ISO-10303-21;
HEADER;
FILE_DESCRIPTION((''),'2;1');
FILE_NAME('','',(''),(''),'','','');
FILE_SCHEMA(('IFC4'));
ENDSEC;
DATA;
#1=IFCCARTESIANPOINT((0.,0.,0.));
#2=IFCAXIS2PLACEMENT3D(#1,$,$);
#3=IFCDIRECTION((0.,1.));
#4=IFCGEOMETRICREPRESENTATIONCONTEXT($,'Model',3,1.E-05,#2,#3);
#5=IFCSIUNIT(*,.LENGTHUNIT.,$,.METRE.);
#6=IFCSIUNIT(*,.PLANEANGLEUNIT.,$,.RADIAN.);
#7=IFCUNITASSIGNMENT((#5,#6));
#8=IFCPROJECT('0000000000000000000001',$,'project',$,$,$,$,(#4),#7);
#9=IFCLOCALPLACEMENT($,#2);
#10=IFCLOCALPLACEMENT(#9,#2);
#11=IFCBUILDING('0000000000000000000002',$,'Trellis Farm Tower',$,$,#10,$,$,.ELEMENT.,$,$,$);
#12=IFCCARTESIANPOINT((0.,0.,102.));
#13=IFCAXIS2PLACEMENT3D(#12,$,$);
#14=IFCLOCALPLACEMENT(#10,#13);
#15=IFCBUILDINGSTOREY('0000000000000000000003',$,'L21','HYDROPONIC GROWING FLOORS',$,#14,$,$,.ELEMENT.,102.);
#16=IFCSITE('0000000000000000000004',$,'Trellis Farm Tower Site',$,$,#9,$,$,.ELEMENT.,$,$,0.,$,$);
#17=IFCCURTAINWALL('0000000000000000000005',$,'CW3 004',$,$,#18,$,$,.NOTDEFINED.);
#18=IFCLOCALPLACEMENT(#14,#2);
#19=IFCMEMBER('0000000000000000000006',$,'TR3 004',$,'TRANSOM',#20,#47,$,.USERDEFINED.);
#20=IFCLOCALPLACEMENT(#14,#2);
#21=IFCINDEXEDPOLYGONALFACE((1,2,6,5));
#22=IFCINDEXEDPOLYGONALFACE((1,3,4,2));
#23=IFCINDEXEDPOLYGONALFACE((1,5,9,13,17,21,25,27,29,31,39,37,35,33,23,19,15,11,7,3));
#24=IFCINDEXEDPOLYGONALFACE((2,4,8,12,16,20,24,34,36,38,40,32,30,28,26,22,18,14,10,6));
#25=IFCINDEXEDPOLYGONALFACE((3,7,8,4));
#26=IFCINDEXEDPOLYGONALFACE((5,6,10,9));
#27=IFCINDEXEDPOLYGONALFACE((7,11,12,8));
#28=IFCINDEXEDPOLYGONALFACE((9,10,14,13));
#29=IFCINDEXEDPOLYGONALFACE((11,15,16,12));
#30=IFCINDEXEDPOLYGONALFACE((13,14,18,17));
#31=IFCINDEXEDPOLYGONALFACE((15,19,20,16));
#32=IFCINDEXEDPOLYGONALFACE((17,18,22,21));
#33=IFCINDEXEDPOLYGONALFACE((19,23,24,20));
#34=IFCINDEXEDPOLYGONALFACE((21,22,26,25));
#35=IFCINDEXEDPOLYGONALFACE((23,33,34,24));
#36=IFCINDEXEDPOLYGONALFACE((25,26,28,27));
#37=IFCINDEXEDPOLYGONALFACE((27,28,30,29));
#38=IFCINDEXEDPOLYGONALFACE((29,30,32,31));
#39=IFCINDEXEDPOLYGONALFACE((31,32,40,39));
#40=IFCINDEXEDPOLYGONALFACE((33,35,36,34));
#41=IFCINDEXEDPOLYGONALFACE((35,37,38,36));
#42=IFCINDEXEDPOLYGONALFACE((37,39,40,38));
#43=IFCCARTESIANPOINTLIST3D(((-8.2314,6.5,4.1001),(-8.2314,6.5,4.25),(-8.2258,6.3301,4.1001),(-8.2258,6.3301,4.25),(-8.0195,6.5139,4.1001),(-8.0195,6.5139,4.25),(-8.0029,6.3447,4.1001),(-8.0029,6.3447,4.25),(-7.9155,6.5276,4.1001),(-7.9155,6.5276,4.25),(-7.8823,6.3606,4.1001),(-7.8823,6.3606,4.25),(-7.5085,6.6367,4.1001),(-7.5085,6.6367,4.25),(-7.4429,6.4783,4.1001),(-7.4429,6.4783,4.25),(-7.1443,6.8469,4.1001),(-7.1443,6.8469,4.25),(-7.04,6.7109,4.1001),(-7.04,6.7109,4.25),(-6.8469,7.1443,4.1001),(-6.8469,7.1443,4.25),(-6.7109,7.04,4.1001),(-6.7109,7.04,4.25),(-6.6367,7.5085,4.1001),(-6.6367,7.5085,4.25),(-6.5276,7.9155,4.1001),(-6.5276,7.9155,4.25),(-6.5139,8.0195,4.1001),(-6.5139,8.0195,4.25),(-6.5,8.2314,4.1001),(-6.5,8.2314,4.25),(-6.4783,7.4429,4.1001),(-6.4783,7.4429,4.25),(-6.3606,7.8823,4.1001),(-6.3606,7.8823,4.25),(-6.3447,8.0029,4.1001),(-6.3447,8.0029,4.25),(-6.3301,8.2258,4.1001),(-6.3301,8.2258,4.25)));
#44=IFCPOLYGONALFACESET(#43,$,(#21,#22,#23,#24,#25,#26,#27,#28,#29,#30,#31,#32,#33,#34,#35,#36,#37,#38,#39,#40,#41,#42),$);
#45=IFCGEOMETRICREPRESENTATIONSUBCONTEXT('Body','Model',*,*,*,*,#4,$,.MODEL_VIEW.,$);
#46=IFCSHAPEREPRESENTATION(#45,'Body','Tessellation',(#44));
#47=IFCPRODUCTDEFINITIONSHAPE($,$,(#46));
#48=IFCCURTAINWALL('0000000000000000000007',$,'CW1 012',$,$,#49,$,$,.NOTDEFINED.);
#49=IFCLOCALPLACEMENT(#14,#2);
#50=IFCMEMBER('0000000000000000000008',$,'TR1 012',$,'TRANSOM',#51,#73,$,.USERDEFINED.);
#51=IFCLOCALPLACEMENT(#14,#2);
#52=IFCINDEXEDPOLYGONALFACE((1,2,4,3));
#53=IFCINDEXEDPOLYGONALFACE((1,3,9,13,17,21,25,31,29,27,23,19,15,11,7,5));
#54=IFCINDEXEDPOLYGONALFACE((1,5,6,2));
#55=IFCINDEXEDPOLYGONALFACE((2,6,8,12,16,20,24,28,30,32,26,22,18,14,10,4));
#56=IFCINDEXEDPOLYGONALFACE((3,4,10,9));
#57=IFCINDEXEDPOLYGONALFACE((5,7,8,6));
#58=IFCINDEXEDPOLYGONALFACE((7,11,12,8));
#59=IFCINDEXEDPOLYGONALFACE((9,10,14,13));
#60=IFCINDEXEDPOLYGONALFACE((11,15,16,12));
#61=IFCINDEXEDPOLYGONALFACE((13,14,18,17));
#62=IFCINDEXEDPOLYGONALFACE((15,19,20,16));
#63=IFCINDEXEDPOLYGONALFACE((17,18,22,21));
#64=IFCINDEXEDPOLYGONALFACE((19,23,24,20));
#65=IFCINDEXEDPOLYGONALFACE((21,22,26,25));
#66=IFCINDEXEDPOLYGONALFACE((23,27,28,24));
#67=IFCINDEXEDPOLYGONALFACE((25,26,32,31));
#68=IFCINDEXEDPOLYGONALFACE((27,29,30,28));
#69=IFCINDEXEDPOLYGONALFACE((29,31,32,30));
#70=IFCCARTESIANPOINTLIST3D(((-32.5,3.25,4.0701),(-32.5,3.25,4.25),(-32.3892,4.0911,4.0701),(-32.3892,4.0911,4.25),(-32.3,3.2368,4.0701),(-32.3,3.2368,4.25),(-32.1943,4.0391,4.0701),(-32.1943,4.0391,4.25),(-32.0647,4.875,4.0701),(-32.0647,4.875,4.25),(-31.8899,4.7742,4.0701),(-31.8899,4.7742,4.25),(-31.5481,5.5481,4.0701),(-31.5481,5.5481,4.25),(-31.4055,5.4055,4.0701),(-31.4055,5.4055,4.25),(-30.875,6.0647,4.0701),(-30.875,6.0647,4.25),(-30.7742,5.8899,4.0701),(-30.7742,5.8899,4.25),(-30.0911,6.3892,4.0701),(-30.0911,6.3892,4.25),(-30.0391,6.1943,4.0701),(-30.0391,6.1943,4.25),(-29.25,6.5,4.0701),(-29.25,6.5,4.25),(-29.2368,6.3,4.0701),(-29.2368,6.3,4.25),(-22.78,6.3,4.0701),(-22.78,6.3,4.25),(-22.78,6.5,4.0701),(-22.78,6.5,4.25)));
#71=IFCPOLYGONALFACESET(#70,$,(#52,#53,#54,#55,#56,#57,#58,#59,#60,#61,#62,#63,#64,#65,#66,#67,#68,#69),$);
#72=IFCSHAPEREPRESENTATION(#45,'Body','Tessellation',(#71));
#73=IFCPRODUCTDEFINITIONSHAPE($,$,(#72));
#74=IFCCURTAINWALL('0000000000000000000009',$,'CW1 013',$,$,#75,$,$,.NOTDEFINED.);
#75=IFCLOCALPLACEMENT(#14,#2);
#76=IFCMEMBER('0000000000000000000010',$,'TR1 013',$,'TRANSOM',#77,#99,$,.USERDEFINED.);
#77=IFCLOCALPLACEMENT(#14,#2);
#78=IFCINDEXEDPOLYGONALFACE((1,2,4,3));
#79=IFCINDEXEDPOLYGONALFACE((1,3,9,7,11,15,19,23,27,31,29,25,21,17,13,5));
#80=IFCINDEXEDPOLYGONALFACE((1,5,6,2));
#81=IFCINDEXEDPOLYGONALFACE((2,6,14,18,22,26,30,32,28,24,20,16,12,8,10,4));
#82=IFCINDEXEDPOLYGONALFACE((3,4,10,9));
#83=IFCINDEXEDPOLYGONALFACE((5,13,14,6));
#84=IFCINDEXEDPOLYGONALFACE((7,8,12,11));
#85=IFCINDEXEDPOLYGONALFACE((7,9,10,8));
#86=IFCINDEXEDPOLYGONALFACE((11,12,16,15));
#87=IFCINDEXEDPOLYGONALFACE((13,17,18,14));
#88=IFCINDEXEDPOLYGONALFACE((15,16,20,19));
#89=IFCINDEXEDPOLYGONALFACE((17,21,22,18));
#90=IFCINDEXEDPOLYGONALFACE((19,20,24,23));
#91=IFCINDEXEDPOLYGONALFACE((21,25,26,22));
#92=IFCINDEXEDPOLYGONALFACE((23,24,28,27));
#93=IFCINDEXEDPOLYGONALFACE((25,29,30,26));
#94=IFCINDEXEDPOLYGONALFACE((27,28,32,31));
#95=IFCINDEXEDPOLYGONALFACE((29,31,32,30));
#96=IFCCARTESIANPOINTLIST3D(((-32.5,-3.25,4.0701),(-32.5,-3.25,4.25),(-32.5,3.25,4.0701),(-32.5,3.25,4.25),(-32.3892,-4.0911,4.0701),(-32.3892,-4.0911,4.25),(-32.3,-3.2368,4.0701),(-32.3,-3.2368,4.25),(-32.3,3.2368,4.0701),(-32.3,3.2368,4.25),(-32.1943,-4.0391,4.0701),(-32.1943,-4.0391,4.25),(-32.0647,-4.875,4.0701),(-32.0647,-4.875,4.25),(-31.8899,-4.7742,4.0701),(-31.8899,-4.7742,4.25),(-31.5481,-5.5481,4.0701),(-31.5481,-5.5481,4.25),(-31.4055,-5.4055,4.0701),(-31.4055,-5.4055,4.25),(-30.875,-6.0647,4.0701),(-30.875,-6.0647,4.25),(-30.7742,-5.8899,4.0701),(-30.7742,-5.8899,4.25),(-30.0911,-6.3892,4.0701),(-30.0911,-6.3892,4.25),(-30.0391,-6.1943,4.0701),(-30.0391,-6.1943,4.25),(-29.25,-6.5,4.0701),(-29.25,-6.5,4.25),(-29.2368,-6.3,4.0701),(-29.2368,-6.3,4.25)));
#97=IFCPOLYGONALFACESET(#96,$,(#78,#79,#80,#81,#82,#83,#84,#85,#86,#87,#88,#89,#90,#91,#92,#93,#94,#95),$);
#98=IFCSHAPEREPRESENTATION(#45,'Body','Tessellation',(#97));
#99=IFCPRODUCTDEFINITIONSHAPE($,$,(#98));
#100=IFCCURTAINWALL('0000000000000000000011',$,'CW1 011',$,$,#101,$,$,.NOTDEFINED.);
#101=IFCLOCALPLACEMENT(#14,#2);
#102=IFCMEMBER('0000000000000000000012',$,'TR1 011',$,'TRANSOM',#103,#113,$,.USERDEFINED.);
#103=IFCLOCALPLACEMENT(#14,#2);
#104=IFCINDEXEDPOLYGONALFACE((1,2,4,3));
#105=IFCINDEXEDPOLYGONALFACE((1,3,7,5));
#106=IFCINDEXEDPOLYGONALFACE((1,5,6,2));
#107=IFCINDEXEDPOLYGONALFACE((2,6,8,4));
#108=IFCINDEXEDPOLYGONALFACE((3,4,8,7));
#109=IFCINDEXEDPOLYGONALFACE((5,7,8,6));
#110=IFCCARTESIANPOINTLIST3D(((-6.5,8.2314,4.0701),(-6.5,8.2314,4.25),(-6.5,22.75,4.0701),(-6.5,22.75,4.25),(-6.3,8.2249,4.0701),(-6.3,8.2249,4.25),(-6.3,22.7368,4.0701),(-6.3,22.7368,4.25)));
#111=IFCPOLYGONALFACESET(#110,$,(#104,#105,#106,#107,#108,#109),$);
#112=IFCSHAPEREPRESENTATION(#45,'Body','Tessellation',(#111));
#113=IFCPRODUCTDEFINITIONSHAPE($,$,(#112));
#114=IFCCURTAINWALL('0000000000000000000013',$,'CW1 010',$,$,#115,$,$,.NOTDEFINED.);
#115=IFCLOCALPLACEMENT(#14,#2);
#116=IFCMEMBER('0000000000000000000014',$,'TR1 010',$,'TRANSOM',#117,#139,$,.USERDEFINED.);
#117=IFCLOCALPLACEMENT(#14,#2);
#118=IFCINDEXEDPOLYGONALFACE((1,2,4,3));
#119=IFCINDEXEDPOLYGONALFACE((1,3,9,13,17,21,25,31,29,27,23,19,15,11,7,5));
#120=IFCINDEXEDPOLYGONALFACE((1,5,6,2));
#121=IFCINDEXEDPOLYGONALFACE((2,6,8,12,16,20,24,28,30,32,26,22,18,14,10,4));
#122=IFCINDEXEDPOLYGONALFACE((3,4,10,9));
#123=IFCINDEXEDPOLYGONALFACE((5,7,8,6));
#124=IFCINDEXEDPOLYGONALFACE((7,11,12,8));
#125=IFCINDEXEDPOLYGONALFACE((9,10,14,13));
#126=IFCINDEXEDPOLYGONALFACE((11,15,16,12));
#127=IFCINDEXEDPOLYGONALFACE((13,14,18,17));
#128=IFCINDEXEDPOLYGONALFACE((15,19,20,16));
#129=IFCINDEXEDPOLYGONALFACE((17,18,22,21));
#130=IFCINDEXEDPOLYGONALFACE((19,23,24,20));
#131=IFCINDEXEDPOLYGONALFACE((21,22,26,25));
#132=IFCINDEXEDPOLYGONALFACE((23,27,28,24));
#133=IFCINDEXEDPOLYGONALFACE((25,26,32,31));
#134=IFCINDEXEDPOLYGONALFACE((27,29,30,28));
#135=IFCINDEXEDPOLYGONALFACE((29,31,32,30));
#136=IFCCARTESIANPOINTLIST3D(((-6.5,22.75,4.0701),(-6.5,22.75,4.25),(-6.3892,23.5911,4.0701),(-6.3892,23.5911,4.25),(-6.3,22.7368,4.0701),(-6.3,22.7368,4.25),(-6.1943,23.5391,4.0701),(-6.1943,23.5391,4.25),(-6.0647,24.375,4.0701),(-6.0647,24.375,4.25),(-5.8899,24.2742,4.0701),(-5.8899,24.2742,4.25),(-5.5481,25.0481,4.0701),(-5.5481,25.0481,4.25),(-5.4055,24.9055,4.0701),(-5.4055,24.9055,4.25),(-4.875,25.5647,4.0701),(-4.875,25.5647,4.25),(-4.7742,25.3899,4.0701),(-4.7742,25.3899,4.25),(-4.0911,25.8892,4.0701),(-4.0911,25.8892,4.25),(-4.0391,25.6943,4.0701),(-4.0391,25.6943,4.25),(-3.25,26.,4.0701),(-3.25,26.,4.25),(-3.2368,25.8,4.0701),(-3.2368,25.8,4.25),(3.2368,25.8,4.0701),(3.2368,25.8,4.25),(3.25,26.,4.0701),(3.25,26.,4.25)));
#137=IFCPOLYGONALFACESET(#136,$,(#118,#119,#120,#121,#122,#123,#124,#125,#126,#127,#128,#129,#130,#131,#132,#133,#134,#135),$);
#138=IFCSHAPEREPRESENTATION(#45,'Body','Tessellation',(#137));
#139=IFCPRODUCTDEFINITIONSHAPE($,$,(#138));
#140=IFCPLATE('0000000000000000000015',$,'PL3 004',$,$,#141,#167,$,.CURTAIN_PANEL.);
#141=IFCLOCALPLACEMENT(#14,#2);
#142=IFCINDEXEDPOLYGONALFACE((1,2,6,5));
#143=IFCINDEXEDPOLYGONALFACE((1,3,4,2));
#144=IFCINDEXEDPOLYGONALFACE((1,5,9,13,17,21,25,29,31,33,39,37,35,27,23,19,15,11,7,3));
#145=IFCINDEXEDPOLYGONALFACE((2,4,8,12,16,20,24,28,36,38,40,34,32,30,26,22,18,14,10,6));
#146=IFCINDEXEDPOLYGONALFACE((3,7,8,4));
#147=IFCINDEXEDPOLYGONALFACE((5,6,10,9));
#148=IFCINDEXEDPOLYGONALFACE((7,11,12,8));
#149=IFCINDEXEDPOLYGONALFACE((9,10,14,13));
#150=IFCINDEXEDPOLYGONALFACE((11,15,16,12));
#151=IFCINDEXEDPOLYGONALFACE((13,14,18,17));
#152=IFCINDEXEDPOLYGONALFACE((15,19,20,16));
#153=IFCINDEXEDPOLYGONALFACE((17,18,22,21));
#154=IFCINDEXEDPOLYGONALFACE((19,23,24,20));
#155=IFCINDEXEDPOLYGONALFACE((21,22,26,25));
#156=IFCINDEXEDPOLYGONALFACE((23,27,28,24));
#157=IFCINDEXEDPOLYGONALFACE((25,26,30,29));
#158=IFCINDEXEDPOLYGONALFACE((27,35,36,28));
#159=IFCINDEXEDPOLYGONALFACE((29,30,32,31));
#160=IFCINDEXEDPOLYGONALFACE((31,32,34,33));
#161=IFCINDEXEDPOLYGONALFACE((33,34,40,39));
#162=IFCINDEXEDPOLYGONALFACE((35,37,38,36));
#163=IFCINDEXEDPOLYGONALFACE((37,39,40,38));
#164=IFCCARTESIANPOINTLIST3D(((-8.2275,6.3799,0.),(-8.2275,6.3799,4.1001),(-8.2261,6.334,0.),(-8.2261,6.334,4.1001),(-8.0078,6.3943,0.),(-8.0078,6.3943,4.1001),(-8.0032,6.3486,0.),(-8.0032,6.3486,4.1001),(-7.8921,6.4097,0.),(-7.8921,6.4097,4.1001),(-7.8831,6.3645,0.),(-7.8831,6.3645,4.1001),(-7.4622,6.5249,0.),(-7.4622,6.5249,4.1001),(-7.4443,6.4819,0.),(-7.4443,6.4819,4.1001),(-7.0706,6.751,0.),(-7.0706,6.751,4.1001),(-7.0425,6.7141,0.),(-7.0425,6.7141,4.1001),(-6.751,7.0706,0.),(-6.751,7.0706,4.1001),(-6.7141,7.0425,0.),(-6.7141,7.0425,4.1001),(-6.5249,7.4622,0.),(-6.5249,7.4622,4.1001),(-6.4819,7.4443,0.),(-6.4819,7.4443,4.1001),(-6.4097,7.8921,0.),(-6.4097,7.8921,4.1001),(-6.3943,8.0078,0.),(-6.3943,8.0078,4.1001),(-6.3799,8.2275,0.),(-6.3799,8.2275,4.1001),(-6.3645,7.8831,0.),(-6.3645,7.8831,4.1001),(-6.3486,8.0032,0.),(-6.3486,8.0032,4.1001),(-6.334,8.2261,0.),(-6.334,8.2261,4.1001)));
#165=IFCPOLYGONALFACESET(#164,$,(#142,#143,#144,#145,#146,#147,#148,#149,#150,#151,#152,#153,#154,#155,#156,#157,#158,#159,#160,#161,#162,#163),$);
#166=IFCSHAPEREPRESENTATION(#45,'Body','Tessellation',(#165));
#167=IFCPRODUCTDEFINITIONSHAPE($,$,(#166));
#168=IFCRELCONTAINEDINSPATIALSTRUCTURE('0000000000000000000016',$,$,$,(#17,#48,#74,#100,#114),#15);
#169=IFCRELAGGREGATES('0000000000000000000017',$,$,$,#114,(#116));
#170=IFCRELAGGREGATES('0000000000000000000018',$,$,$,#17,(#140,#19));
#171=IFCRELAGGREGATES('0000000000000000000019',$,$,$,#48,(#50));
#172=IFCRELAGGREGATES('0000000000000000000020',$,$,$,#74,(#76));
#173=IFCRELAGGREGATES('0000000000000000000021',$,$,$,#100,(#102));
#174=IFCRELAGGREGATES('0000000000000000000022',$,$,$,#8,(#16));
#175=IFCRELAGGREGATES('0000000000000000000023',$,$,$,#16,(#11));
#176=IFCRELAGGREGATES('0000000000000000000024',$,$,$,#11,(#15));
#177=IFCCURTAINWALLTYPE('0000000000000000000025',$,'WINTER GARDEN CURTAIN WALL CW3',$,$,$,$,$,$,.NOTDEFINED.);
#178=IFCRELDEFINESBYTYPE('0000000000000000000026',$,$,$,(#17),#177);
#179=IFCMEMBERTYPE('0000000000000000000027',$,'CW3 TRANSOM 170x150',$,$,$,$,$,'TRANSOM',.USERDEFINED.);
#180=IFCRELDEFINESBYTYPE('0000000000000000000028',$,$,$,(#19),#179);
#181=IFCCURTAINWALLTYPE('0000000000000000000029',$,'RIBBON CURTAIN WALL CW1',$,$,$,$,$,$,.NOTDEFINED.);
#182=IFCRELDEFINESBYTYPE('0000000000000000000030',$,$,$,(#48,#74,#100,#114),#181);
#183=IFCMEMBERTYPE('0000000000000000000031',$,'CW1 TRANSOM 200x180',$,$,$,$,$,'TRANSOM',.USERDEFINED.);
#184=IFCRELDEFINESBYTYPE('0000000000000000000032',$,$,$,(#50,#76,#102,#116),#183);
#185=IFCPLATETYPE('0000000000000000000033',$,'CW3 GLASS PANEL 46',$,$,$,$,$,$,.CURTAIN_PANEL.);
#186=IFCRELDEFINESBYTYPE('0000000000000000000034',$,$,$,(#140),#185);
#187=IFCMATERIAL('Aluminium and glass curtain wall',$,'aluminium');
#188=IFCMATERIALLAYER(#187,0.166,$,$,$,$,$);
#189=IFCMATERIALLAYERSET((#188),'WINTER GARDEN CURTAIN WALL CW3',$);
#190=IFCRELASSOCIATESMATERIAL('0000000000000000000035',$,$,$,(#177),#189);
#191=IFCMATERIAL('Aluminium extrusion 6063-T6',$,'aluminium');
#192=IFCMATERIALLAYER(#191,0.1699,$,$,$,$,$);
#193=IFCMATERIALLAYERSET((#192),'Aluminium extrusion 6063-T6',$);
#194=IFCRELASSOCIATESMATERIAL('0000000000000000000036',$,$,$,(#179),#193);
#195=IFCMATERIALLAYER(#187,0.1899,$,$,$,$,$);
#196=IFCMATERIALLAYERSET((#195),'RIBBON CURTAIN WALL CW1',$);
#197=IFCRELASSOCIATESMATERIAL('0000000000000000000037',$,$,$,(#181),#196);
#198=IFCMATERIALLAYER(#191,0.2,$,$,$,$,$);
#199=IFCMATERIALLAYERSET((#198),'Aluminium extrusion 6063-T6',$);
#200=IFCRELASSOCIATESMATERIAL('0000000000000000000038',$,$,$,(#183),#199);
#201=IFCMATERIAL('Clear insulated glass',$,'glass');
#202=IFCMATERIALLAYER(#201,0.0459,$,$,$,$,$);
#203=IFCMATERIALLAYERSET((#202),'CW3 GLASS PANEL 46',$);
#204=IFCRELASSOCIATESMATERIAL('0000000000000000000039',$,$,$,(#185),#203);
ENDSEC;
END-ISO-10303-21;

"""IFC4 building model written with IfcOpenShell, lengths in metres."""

from ifc_helpers import new_model, si_unit, direction, frame, origin, place, context, subcontext, project, spatial, polyline, outline, extrude, source, transform, mapped, material, layer, layer_set, type_object, element, aggregate, save


model = new_model("IFC4")

# Units and contexts
model_context = context("Model", 3, precision=1e-05, world=origin(), true_north=direction((0.0, 1.0)))
body_context = subcontext(model_context, "Body", "Model", "MODEL_VIEW")
ifc_project = project(units=[si_unit("LENGTHUNIT", "METRE"), si_unit("PLANEANGLEUNIT", "RADIAN")], contexts=[model_context])

# Site, building, storey
site_placement = place(None, origin())
site = spatial("IfcSite", under=ifc_project, at=site_placement, Name="Trellis Farm Tower Site", CompositionType="ELEMENT", RefElevation=0.0)
building_placement = place(site_placement, origin())
building = spatial("IfcBuilding", under=site, at=building_placement, Name="Trellis Farm Tower", CompositionType="ELEMENT")
storey_placement = place(building_placement, frame((0.0, 0.0, 102.0)))
storey = spatial("IfcBuildingStorey", under=building, at=storey_placement, Name="L21", Description="HYDROPONIC GROWING FLOORS", CompositionType="ELEMENT", Elevation=102.0)

# Curtain walls, members
ifc_material_1 = material(Name="Aluminium and glass curtain wall", Category="aluminium")
ifc_layer_1 = layer(ifc_material_1, 0.166)
ifc_layer_set_1 = layer_set([ifc_layer_1], Name="WINTER GARDEN CURTAIN WALL CW3")
curtain_wall_type_1 = type_object("IfcCurtainWallType", Name="WINTER GARDEN CURTAIN WALL CW3", PredefinedType="NOTDEFINED", material=ifc_layer_set_1)
placement_1 = place(storey_placement, origin())
curtain_wall_1 = element("IfcCurtainWall", 1, at=placement_1, inside=storey, type_object=curtain_wall_type_1, Name="CW3 004", PredefinedType="NOTDEFINED")
ifc_material_2 = material(Name="Aluminium extrusion 6063-T6", Category="aluminium")
ifc_layer_2 = layer(ifc_material_2, 0.1699)
ifc_layer_set_2 = layer_set([ifc_layer_2], Name="Aluminium extrusion 6063-T6")
member_type_1 = type_object("IfcMemberType", Name="CW3 TRANSOM 170x150", ElementType="TRANSOM", PredefinedType="USERDEFINED", material=ifc_layer_set_2)
shared_shape_1 = source(origin(), body_context, "Body", "SweptSolid", [
    extrude(outline(polyline([(-6.5, 8.2314), (-6.5139, 8.0195), (-6.5276, 7.9155), (-6.6367, 7.5085), (-6.8469, 7.1443), (-7.1443, 6.8469), (-7.5085, 6.6367), (-7.9155, 6.5276), (-8.0195, 6.5139), (-8.2314, 6.5), (-8.2258, 6.3301), (-8.0029, 6.3447), (-7.8823, 6.3606), (-7.4429, 6.4783), (-7.04, 6.7109), (-6.7109, 7.04), (-6.4783, 7.4429), (-6.3606, 7.8823), (-6.3447, 8.0029), (-6.3301, 8.2258), (-6.5, 8.2314)])), origin(), (0.0, 0.0, 1.0), 0.1499),
])
member_1_placement = place(storey_placement, frame((0.0, 0.0, 4.1001)))
member_1 = element("IfcMember", 2, at=member_1_placement, type_object=member_type_1, Name="TR3 004", ObjectType="TRANSOM", PredefinedType="USERDEFINED", context=body_context, shape_type="MappedRepresentation", body=[
    mapped(shared_shape_1, transform((0.0, 0.0, 0.0))),
])
ifc_layer_3 = layer(ifc_material_1, 0.1899)
ifc_layer_set_3 = layer_set([ifc_layer_3], Name="RIBBON CURTAIN WALL CW1")
curtain_wall_type_2 = type_object("IfcCurtainWallType", Name="RIBBON CURTAIN WALL CW1", PredefinedType="NOTDEFINED", material=ifc_layer_set_3)
curtain_wall_2 = element("IfcCurtainWall", 3, at=placement_1, inside=storey, type_object=curtain_wall_type_2, Name="CW1 012", PredefinedType="NOTDEFINED")
ifc_layer_4 = layer(ifc_material_2, 0.2)
ifc_layer_set_4 = layer_set([ifc_layer_4], Name="Aluminium extrusion 6063-T6")
member_type_2 = type_object("IfcMemberType", Name="CW1 TRANSOM 200x180", ElementType="TRANSOM", PredefinedType="USERDEFINED", material=ifc_layer_set_4)
shared_shape_2 = source(origin(), body_context, "Body", "SweptSolid", [
    extrude(outline(polyline([(-22.78, 6.5), (-29.25, 6.5), (-30.0911, 6.3892), (-30.875, 6.0647), (-31.5481, 5.5481), (-32.0647, 4.875), (-32.3892, 4.0911), (-32.5, 3.25), (-32.3, 3.2368), (-32.1943, 4.0391), (-31.8899, 4.7742), (-31.4055, 5.4055), (-30.7742, 5.8899), (-30.0391, 6.1943), (-29.2368, 6.3), (-22.78, 6.3), (-22.78, 6.5)])), origin(), (0.0, 0.0, 1.0), 0.1799),
])
placement_2 = place(storey_placement, frame((0.0, 0.0, 4.0701)))
member_2 = element("IfcMember", 4, at=placement_2, type_object=member_type_2, Name="TR1 012", ObjectType="TRANSOM", PredefinedType="USERDEFINED", context=body_context, shape_type="MappedRepresentation", body=[
    mapped(shared_shape_2, transform((0.0, 0.0, 0.0))),
])
curtain_wall_3 = element("IfcCurtainWall", 5, at=placement_1, inside=storey, type_object=curtain_wall_type_2, Name="CW1 013", PredefinedType="NOTDEFINED")
shared_shape_3 = source(origin(), body_context, "Body", "SweptSolid", [
    extrude(outline(polyline([(-32.5, 3.25), (-32.5, -3.25), (-32.3892, -4.0911), (-32.0647, -4.875), (-31.5481, -5.5481), (-30.875, -6.0647), (-30.0911, -6.3892), (-29.25, -6.5), (-29.2368, -6.3), (-30.0391, -6.1943), (-30.7742, -5.8899), (-31.4055, -5.4055), (-31.8899, -4.7742), (-32.1943, -4.0391), (-32.3, -3.2368), (-32.3, 3.2368), (-32.5, 3.25)])), origin(), (0.0, 0.0, 1.0), 0.1799),
])
member_3 = element("IfcMember", 6, at=placement_2, type_object=member_type_2, Name="TR1 013", ObjectType="TRANSOM", PredefinedType="USERDEFINED", context=body_context, shape_type="MappedRepresentation", body=[
    mapped(shared_shape_3, transform((0.0, 0.0, 0.0))),
])
curtain_wall_4 = element("IfcCurtainWall", 7, at=placement_1, inside=storey, type_object=curtain_wall_type_2, Name="CW1 011", PredefinedType="NOTDEFINED")
shared_shape_4 = source(origin(), body_context, "Body", "SweptSolid", [
    extrude(outline(polyline([(-6.5, 22.75), (-6.5, 8.2314), (-6.3, 8.2249), (-6.3, 22.7368), (-6.5, 22.75)])), origin(), (0.0, 0.0, 1.0), 0.1799),
])
member_4 = element("IfcMember", 8, at=placement_2, type_object=member_type_2, Name="TR1 011", ObjectType="TRANSOM", PredefinedType="USERDEFINED", context=body_context, shape_type="MappedRepresentation", body=[
    mapped(shared_shape_4, transform((0.0, 0.0, 0.0))),
])
curtain_wall_5 = element("IfcCurtainWall", 9, at=placement_1, inside=storey, type_object=curtain_wall_type_2, Name="CW1 010", PredefinedType="NOTDEFINED")
shared_shape_5 = source(origin(), body_context, "Body", "SweptSolid", [
    extrude(outline(polyline([(3.25, 26.0), (-3.25, 26.0), (-4.0911, 25.8892), (-4.875, 25.5647), (-5.5481, 25.0481), (-6.0647, 24.375), (-6.3892, 23.5911), (-6.5, 22.75), (-6.3, 22.7368), (-6.1943, 23.5391), (-5.8899, 24.2742), (-5.4055, 24.9055), (-4.7742, 25.3899), (-4.0391, 25.6943), (-3.2368, 25.8), (3.2368, 25.8), (3.25, 26.0)])), origin(), (0.0, 0.0, 1.0), 0.1799),
])
member_5 = element("IfcMember", 10, at=placement_2, type_object=member_type_2, Name="TR1 010", ObjectType="TRANSOM", PredefinedType="USERDEFINED", context=body_context, shape_type="MappedRepresentation", body=[
    mapped(shared_shape_5, transform((0.0, 0.0, 0.0))),
])
aggregate(curtain_wall_5, [member_5])

# Plate
ifc_material_3 = material(Name="Clear insulated glass", Category="glass")
ifc_layer_5 = layer(ifc_material_3, 0.0459)
ifc_layer_set_5 = layer_set([ifc_layer_5], Name="CW3 GLASS PANEL 46")
plate_type_1 = type_object("IfcPlateType", Name="CW3 GLASS PANEL 46", PredefinedType="CURTAIN_PANEL", material=ifc_layer_set_5)
shared_shape_6 = source(origin(), body_context, "Body", "SweptSolid", [
    extrude(outline(polyline([(-6.3799, 8.2275), (-6.3943, 8.0078), (-6.4097, 7.8921), (-6.5249, 7.4622), (-6.751, 7.0706), (-7.0706, 6.751), (-7.4622, 6.5249), (-7.8921, 6.4097), (-8.0078, 6.3943), (-8.2275, 6.3799), (-8.2261, 6.334), (-8.0032, 6.3486), (-7.8831, 6.3645), (-7.4443, 6.4819), (-7.0425, 6.7141), (-6.7141, 7.0425), (-6.4819, 7.4443), (-6.3645, 7.8831), (-6.3486, 8.0032), (-6.334, 8.2261), (-6.3799, 8.2275)])), origin(), (0.0, 0.0, 1.0), 4.1001),
])
plate_1 = element("IfcPlate", 11, at=placement_1, type_object=plate_type_1, Name="PL3 004", PredefinedType="CURTAIN_PANEL", context=body_context, shape_type="MappedRepresentation", body=[
    mapped(shared_shape_6, transform((0.0, 0.0, 0.0))),
])
aggregate(curtain_wall_1, [plate_1, member_1])
aggregate(curtain_wall_2, [member_2])
aggregate(curtain_wall_3, [member_3])
aggregate(curtain_wall_4, [member_4])

save(model, "model.ifc")
